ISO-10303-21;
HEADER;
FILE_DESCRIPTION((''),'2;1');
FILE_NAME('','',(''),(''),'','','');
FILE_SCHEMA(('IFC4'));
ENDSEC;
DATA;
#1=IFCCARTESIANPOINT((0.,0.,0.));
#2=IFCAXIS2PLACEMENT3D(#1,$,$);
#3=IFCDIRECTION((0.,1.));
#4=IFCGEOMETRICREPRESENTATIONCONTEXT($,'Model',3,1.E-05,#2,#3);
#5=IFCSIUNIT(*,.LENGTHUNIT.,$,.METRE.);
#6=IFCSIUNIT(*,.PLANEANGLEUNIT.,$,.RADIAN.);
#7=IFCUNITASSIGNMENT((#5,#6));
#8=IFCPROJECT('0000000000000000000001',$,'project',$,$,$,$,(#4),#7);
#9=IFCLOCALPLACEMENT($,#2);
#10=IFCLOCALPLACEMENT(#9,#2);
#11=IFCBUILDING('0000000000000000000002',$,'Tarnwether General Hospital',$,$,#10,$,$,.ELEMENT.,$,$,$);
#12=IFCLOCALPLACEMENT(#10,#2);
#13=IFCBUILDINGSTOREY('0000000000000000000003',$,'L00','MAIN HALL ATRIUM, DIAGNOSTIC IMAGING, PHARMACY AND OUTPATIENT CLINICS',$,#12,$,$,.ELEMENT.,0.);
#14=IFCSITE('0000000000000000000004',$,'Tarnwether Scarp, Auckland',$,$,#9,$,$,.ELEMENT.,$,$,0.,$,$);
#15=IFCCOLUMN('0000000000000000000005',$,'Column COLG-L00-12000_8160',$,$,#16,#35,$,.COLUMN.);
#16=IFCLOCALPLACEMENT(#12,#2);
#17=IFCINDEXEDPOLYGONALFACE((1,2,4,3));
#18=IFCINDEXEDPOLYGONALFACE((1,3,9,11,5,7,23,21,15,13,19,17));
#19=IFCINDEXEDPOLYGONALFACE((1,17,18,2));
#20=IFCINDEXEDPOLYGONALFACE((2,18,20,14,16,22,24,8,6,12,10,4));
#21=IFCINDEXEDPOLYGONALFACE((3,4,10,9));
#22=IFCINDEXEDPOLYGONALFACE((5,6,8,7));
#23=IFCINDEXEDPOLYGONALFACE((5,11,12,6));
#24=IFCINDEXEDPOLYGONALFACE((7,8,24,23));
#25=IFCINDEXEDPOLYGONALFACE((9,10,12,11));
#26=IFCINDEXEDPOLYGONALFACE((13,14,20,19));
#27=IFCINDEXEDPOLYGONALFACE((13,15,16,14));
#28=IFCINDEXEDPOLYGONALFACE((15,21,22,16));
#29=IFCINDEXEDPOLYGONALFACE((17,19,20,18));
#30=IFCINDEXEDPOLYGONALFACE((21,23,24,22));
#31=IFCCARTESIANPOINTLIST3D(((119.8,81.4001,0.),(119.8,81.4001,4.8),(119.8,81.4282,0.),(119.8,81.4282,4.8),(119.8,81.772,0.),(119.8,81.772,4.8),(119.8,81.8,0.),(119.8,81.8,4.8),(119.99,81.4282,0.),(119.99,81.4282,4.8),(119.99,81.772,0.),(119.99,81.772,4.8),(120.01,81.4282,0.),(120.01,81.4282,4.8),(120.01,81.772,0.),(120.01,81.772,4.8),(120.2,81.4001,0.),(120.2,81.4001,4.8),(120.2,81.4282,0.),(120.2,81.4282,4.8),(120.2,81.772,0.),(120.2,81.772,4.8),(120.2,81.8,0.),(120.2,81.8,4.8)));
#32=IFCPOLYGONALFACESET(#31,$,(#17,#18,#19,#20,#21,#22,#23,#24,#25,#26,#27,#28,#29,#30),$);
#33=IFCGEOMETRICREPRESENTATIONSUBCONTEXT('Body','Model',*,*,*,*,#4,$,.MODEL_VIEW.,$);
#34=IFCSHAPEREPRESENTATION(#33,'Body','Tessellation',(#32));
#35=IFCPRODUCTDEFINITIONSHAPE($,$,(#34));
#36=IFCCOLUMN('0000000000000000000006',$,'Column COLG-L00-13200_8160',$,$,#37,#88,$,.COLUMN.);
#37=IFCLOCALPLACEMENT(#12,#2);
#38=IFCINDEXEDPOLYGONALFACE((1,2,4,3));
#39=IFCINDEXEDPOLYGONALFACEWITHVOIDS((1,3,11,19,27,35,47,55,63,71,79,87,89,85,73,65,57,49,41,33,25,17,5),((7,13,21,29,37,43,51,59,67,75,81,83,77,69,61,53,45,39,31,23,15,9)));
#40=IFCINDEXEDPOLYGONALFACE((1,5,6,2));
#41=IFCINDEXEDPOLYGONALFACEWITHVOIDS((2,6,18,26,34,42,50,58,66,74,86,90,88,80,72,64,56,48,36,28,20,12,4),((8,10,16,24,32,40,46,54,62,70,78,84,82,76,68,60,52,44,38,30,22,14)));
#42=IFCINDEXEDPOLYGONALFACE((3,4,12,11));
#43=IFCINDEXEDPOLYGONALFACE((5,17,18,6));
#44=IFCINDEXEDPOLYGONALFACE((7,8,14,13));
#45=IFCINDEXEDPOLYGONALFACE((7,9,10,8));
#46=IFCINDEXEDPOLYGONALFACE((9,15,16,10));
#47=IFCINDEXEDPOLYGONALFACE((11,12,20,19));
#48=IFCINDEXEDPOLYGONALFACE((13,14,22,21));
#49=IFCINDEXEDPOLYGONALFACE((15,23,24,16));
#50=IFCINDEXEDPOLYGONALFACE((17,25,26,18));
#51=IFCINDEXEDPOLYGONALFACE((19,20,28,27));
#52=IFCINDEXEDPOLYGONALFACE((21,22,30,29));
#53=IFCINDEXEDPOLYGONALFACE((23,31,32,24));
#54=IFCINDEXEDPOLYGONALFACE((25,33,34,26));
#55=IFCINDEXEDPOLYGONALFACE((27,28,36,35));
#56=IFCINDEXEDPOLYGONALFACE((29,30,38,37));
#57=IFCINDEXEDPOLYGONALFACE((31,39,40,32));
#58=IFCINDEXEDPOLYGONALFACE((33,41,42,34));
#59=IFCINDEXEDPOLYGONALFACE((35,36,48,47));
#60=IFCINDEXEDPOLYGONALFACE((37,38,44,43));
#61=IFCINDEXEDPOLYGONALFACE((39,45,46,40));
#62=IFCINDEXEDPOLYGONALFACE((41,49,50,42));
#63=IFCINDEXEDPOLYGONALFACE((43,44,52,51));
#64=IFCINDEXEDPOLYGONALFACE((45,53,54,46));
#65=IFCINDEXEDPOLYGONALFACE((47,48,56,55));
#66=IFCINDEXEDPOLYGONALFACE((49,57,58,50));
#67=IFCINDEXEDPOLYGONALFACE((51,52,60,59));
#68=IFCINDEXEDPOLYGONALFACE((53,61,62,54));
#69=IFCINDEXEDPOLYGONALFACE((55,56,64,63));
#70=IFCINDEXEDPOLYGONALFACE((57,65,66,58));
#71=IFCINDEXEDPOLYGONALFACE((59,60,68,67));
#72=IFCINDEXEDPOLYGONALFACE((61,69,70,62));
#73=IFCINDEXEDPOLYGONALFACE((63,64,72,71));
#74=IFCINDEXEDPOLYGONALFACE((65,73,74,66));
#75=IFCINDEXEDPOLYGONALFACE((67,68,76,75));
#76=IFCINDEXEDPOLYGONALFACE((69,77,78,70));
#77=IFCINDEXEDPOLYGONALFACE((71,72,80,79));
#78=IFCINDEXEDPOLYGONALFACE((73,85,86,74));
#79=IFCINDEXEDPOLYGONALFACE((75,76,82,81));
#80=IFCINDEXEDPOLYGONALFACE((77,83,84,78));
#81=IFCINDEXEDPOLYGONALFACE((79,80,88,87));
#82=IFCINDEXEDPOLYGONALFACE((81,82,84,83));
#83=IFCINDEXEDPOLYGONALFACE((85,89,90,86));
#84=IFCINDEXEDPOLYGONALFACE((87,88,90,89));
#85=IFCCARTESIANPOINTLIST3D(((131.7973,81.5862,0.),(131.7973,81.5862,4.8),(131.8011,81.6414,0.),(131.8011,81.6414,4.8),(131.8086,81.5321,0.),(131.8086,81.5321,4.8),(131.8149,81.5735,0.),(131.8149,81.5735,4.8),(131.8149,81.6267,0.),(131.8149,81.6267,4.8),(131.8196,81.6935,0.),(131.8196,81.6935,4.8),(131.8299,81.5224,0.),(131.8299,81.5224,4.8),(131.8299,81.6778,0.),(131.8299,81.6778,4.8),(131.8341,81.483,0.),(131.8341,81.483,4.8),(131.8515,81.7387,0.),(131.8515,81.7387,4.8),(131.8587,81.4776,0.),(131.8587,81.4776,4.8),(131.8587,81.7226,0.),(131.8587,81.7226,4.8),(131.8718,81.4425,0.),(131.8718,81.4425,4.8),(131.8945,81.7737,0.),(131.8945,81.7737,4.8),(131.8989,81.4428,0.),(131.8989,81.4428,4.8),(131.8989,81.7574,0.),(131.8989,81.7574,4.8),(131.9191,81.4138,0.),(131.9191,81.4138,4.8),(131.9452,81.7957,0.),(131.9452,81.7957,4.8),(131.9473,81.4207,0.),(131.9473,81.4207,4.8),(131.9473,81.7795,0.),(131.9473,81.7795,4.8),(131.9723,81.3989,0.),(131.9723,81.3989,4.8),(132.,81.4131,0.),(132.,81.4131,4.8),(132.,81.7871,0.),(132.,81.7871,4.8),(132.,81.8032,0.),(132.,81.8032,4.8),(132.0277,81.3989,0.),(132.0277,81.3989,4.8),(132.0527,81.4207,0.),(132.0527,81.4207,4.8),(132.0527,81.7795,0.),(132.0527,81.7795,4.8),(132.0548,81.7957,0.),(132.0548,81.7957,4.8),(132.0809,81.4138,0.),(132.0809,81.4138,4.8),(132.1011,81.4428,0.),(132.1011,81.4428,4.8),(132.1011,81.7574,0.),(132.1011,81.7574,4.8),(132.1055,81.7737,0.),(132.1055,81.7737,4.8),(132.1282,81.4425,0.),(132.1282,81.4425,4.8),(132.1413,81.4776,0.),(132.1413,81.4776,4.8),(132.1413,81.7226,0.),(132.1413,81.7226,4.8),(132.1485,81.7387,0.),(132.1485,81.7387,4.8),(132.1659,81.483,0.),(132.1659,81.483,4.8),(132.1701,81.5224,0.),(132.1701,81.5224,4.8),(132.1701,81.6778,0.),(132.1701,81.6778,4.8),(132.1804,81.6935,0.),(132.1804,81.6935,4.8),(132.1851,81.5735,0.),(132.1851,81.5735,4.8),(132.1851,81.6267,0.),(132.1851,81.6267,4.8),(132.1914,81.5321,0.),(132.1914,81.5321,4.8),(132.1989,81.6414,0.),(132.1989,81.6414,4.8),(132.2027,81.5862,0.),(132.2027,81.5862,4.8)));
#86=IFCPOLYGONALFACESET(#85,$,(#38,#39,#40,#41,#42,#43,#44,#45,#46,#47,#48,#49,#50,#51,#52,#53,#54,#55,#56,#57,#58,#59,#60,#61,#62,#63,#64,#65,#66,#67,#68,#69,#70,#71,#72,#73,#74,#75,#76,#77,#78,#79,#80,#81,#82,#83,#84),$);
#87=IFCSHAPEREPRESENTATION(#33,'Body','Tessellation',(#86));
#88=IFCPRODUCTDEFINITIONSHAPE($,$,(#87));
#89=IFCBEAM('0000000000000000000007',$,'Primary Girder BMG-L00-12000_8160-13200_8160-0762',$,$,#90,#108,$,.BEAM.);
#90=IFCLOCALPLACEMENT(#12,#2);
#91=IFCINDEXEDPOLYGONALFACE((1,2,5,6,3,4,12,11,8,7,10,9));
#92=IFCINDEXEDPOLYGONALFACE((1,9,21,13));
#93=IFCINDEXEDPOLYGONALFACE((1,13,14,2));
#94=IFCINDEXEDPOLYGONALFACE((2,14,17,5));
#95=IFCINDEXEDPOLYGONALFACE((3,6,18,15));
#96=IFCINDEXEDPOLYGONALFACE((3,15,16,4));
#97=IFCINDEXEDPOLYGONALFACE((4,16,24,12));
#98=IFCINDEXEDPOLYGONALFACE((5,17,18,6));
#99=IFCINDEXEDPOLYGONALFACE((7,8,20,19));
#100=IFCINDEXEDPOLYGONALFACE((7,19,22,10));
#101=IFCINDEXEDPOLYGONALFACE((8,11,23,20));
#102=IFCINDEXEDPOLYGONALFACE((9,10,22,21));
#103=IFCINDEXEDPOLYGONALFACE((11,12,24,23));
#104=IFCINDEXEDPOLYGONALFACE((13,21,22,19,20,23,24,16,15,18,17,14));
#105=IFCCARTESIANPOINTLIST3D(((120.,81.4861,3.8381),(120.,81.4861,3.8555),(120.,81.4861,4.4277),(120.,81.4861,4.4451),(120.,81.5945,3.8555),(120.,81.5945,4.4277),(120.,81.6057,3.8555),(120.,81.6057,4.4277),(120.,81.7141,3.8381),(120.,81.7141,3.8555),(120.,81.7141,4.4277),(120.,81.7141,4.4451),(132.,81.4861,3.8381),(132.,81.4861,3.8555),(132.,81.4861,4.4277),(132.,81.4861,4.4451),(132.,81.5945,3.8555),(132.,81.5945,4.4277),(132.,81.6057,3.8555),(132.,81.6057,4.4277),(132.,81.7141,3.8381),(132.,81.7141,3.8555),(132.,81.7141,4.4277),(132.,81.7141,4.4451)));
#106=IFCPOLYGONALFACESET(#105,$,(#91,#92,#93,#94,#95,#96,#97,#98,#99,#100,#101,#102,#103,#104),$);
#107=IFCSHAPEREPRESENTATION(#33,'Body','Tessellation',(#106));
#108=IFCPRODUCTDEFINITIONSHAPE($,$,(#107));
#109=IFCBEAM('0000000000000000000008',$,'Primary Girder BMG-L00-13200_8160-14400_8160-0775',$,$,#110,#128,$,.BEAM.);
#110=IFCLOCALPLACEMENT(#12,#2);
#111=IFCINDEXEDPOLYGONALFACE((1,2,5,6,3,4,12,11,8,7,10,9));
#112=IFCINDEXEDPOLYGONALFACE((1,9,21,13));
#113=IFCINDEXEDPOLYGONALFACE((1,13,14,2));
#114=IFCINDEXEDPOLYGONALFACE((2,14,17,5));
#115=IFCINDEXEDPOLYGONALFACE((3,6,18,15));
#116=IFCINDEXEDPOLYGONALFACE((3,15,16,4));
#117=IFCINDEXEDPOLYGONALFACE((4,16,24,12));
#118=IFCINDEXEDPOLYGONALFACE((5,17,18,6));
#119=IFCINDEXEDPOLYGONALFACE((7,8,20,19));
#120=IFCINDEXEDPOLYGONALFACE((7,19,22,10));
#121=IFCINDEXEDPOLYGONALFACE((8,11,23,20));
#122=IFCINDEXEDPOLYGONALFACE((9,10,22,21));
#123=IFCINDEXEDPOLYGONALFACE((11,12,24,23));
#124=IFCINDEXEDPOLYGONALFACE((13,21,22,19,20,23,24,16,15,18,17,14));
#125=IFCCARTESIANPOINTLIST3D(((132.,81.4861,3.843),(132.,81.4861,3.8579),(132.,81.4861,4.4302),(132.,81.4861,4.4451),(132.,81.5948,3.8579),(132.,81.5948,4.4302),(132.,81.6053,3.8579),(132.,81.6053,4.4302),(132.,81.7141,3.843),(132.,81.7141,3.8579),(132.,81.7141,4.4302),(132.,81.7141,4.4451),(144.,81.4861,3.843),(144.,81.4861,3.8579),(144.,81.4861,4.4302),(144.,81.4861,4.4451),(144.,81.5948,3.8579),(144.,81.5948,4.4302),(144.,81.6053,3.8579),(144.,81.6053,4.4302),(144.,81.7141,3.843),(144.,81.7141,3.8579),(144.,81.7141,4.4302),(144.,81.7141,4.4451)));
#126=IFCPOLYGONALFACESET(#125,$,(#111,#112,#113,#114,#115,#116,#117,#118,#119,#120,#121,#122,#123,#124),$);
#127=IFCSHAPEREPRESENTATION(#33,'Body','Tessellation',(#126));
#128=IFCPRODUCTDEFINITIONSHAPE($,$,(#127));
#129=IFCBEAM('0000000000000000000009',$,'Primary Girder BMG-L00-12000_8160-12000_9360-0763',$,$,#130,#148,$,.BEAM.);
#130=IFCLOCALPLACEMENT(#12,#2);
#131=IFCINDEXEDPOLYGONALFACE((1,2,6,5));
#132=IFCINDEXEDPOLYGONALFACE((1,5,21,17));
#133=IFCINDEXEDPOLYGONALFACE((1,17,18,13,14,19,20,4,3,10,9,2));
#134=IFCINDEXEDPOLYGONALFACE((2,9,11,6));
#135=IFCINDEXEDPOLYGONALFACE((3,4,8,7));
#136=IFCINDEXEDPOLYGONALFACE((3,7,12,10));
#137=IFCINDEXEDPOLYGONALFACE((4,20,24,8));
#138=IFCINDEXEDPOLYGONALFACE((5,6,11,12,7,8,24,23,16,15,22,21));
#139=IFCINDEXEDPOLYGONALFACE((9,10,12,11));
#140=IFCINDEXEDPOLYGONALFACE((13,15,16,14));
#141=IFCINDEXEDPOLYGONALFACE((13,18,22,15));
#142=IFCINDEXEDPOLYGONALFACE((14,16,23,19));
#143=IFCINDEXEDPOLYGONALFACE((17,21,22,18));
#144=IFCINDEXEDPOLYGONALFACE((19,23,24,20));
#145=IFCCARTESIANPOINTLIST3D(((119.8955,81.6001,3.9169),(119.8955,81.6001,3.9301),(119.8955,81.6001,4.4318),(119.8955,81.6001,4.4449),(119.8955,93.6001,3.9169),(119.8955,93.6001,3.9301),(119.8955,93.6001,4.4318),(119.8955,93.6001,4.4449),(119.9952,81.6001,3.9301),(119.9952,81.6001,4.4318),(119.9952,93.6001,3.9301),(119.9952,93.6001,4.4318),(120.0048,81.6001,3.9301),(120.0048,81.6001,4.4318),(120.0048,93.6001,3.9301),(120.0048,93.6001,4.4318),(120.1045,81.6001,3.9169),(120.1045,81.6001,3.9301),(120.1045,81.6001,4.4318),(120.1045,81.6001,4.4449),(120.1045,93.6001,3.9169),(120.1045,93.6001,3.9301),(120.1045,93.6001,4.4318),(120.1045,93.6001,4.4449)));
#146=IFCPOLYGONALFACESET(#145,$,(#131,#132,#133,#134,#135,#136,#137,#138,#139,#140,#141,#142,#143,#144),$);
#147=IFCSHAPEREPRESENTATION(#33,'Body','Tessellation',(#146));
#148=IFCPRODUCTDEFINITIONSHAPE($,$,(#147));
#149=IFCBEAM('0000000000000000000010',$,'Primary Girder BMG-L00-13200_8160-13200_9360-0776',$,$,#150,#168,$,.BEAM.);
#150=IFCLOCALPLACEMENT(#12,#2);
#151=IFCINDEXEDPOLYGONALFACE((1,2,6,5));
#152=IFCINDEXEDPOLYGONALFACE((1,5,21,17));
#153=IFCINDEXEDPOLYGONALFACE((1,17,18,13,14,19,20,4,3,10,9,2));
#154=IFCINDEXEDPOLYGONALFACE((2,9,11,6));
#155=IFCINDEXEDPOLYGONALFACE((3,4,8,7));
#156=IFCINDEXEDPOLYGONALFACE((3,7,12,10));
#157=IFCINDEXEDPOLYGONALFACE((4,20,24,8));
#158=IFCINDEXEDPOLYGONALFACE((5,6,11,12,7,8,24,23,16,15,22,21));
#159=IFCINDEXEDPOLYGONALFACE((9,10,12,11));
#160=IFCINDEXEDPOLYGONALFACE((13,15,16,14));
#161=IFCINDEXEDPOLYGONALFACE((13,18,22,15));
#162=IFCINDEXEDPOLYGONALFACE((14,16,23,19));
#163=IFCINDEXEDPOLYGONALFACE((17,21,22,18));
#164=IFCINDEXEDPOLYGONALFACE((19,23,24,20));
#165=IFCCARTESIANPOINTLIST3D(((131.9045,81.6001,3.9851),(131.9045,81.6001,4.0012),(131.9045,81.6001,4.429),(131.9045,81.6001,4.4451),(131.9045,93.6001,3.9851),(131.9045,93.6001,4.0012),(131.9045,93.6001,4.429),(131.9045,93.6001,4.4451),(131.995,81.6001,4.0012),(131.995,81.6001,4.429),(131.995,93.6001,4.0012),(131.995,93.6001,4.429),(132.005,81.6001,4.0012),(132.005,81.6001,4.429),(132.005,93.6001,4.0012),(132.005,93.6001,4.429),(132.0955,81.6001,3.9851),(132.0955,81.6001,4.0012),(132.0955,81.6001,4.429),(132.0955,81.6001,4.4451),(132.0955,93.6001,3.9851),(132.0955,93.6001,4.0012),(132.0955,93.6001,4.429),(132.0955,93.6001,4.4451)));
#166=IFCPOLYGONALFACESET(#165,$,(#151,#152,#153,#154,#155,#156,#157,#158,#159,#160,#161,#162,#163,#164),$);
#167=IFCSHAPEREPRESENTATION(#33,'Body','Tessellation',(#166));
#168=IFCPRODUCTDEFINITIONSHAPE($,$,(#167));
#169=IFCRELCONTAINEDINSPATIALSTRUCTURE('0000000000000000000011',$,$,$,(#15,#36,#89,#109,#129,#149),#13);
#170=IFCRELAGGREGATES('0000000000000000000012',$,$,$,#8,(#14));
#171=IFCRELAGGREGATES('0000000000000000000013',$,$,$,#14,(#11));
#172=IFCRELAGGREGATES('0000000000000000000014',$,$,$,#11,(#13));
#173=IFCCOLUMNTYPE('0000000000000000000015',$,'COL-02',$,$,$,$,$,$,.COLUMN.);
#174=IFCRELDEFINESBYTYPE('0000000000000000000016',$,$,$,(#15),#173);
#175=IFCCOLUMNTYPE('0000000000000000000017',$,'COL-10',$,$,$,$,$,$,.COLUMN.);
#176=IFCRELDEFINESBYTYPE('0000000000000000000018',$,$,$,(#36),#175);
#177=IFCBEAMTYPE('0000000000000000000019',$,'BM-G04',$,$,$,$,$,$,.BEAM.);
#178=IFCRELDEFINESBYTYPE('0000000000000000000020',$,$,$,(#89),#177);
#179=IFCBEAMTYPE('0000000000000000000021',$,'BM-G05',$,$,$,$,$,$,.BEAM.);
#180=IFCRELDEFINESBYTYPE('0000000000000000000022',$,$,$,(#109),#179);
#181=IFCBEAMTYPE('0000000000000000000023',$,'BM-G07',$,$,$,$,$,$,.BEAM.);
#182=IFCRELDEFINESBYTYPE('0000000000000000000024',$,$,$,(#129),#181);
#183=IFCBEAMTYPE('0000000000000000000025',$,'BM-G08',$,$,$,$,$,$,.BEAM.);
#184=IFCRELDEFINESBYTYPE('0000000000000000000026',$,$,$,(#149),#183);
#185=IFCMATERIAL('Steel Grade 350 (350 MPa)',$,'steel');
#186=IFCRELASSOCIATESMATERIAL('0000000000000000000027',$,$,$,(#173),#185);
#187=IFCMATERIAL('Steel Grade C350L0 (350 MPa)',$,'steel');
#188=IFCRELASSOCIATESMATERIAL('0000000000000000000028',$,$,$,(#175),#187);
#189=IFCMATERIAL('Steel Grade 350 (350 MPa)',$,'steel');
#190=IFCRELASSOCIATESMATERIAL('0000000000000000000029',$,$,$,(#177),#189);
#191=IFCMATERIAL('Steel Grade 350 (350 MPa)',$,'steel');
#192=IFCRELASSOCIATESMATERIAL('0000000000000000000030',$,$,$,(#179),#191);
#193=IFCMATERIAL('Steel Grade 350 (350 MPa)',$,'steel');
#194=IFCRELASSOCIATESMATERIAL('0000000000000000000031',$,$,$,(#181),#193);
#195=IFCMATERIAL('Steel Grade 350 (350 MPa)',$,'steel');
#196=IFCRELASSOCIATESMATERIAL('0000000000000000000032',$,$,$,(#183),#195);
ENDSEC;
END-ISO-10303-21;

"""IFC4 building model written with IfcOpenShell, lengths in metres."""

from ifc_helpers import new_model, si_unit, direction, frame, origin, origin_2d, place, context, subcontext, project, spatial, hollow_circle, i_section, extrude, material, material_profile, profile_set, type_object, element, save


model = new_model("IFC4")

# Units and contexts
model_context = context("Model", 3, precision=1e-05, world=origin(), true_north=direction((0.0, 1.0)))
body_context = subcontext(model_context, "Body", "Model", "MODEL_VIEW")
ifc_project = project(units=[si_unit("LENGTHUNIT", "METRE"), si_unit("PLANEANGLEUNIT", "RADIAN")], contexts=[model_context])

# Site, building, storey
site_placement = place(None, origin())
site = spatial("IfcSite", under=ifc_project, at=site_placement, Name="Tarnwether Scarp, Auckland", CompositionType="ELEMENT", RefElevation=0.0)
building_placement = place(site_placement, origin())
building = spatial("IfcBuilding", under=site, at=building_placement, Name="Tarnwether General Hospital", CompositionType="ELEMENT")
storey_placement = place(building_placement, origin())
storey = spatial("IfcBuildingStorey", under=building, at=storey_placement, Name="L00", Description="MAIN HALL ATRIUM, DIAGNOSTIC IMAGING, PHARMACY AND OUTPATIENT CLINICS", CompositionType="ELEMENT", Elevation=0.0)

# Columns
ifc_material_1 = material(Name="Steel Grade 350 (350 MPa)", Category="steel")
ifc_material_profile_1 = material_profile(ifc_material_1, i_section(OverallWidth=0.3999, OverallDepth=0.3999, WebThickness=0.02, FlangeThickness=0.0281, at=origin_2d()), Name="400WC270")
ifc_profile_set_1 = profile_set([ifc_material_profile_1], Name="Steel Grade 350 (350 MPa)")
column_type_1 = type_object("IfcColumnType", Name="COL-02", PredefinedType="COLUMN", material=ifc_profile_set_1)
column_1_placement = place(storey_placement, frame((120.0, 81.6001, 0.0), z_axis=(0.0, 0.0, 1.0), x_axis=(1.0, 0.0, 0.0)))
element("IfcColumn", 1, at=column_1_placement, inside=storey, type_object=column_type_1, Name="Column COLG-L00-12000_8160", PredefinedType="COLUMN", context=body_context, shape_type="SweptSolid", body=[
    extrude(i_section(OverallWidth=0.3999, OverallDepth=0.3999, WebThickness=0.02, FlangeThickness=0.0281, at=origin_2d()), origin(), (0.0, 0.0, 1.0), 4.8),
])
ifc_material_2 = material(Name="Steel Grade C350L0 (350 MPa)", Category="steel")
ifc_material_profile_2 = material_profile(ifc_material_2, hollow_circle(Radius=0.2031, WallThickness=0.0161, at=origin_2d()), Name="CHS406.4x16.0")
ifc_profile_set_2 = profile_set([ifc_material_profile_2], Name="Steel Grade C350L0 (350 MPa)")
column_type_2 = type_object("IfcColumnType", Name="COL-10", PredefinedType="COLUMN", material=ifc_profile_set_2)
column_2_placement = place(storey_placement, frame((132.0, 81.6001, 0.0), z_axis=(0.0, 0.0, 1.0), x_axis=(0.0, 1.0, 0.0)))
element("IfcColumn", 2, at=column_2_placement, inside=storey, type_object=column_type_2, Name="Column COLG-L00-13200_8160", PredefinedType="COLUMN", context=body_context, shape_type="SweptSolid", body=[
    extrude(hollow_circle(Radius=0.2031, WallThickness=0.0161, at=origin_2d()), origin(), (0.0, 0.0, 1.0), 4.8),
])

# Beams
ifc_material_3 = material(Name="Steel Grade 350 (350 MPa)", Category="steel")
ifc_material_profile_3 = material_profile(ifc_material_3, i_section(OverallWidth=0.228, OverallDepth=0.6069, WebThickness=0.0112, FlangeThickness=0.0173, at=origin_2d()), Name="610UB113")
ifc_profile_set_3 = profile_set([ifc_material_profile_3], Name="Steel Grade 350 (350 MPa)")
beam_type_1 = type_object("IfcBeamType", Name="BM-G04", PredefinedType="BEAM", material=ifc_profile_set_3)
beam_1_placement = place(storey_placement, frame((120.0, 81.6001, 4.1416), z_axis=(1.0, 0.0, 0.0), x_axis=(0.0, 1.0, 0.0)))
element("IfcBeam", 3, at=beam_1_placement, inside=storey, type_object=beam_type_1, Name="Primary Girder BMG-L00-12000_8160-13200_8160-0762", PredefinedType="BEAM", context=body_context, shape_type="SweptSolid", body=[
    extrude(i_section(OverallWidth=0.228, OverallDepth=0.6069, WebThickness=0.0112, FlangeThickness=0.0173, at=origin_2d()), origin(), (0.0, 0.0, 1.0), 12.0),
])
ifc_material_4 = material(Name="Steel Grade 350 (350 MPa)", Category="steel")
ifc_material_profile_4 = material_profile(ifc_material_4, i_section(OverallWidth=0.228, OverallDepth=0.6021, WebThickness=0.0105, FlangeThickness=0.0149, at=origin_2d()), Name="610UB101")
ifc_profile_set_4 = profile_set([ifc_material_profile_4], Name="Steel Grade 350 (350 MPa)")
beam_type_2 = type_object("IfcBeamType", Name="BM-G05", PredefinedType="BEAM", material=ifc_profile_set_4)
beam_2_placement = place(storey_placement, frame((132.0, 81.6001, 4.144), z_axis=(1.0, 0.0, 0.0), x_axis=(0.0, 1.0, 0.0)))
element("IfcBeam", 4, at=beam_2_placement, inside=storey, type_object=beam_type_2, Name="Primary Girder BMG-L00-13200_8160-14400_8160-0775", PredefinedType="BEAM", context=body_context, shape_type="SweptSolid", body=[
    extrude(i_section(OverallWidth=0.228, OverallDepth=0.6021, WebThickness=0.0105, FlangeThickness=0.0149, at=origin_2d()), origin(), (0.0, 0.0, 1.0), 12.0),
])
ifc_material_5 = material(Name="Steel Grade 350 (350 MPa)", Category="steel")
ifc_material_profile_5 = material_profile(ifc_material_5, i_section(OverallWidth=0.209, OverallDepth=0.5281, WebThickness=0.0095, FlangeThickness=0.0132, at=origin_2d()), Name="530UB82.0")
ifc_profile_set_5 = profile_set([ifc_material_profile_5], Name="Steel Grade 350 (350 MPa)")
beam_type_3 = type_object("IfcBeamType", Name="BM-G07", PredefinedType="BEAM", material=ifc_profile_set_5)
beam_3_placement = place(storey_placement, frame((120.0, 81.6001, 4.1809), z_axis=(0.0, 1.0, 0.0), x_axis=(-1.0, 0.0, 0.0)))
element("IfcBeam", 5, at=beam_3_placement, inside=storey, type_object=beam_type_3, Name="Primary Girder BMG-L00-12000_8160-12000_9360-0763", PredefinedType="BEAM", context=body_context, shape_type="SweptSolid", body=[
    extrude(i_section(OverallWidth=0.209, OverallDepth=0.5281, WebThickness=0.0095, FlangeThickness=0.0132, at=origin_2d()), origin(), (0.0, 0.0, 1.0), 12.0),
])
ifc_material_6 = material(Name="Steel Grade 350 (350 MPa)", Category="steel")
ifc_material_profile_6 = material_profile(ifc_material_6, i_section(OverallWidth=0.1909, OverallDepth=0.46, WebThickness=0.01, FlangeThickness=0.0161, at=origin_2d()), Name="460UB82.1")
ifc_profile_set_6 = profile_set([ifc_material_profile_6], Name="Steel Grade 350 (350 MPa)")
beam_type_4 = type_object("IfcBeamType", Name="BM-G08", PredefinedType="BEAM", material=ifc_profile_set_6)
beam_4_placement = place(storey_placement, frame((132.0, 81.6001, 4.2151), z_axis=(0.0, 1.0, 0.0), x_axis=(-1.0, 0.0, 0.0)))
element("IfcBeam", 6, at=beam_4_placement, inside=storey, type_object=beam_type_4, Name="Primary Girder BMG-L00-13200_8160-13200_9360-0776", PredefinedType="BEAM", context=body_context, shape_type="SweptSolid", body=[
    extrude(i_section(OverallWidth=0.1909, OverallDepth=0.46, WebThickness=0.01, FlangeThickness=0.0161, at=origin_2d()), origin(), (0.0, 0.0, 1.0), 12.0),
])

save(model, "model.ifc")
